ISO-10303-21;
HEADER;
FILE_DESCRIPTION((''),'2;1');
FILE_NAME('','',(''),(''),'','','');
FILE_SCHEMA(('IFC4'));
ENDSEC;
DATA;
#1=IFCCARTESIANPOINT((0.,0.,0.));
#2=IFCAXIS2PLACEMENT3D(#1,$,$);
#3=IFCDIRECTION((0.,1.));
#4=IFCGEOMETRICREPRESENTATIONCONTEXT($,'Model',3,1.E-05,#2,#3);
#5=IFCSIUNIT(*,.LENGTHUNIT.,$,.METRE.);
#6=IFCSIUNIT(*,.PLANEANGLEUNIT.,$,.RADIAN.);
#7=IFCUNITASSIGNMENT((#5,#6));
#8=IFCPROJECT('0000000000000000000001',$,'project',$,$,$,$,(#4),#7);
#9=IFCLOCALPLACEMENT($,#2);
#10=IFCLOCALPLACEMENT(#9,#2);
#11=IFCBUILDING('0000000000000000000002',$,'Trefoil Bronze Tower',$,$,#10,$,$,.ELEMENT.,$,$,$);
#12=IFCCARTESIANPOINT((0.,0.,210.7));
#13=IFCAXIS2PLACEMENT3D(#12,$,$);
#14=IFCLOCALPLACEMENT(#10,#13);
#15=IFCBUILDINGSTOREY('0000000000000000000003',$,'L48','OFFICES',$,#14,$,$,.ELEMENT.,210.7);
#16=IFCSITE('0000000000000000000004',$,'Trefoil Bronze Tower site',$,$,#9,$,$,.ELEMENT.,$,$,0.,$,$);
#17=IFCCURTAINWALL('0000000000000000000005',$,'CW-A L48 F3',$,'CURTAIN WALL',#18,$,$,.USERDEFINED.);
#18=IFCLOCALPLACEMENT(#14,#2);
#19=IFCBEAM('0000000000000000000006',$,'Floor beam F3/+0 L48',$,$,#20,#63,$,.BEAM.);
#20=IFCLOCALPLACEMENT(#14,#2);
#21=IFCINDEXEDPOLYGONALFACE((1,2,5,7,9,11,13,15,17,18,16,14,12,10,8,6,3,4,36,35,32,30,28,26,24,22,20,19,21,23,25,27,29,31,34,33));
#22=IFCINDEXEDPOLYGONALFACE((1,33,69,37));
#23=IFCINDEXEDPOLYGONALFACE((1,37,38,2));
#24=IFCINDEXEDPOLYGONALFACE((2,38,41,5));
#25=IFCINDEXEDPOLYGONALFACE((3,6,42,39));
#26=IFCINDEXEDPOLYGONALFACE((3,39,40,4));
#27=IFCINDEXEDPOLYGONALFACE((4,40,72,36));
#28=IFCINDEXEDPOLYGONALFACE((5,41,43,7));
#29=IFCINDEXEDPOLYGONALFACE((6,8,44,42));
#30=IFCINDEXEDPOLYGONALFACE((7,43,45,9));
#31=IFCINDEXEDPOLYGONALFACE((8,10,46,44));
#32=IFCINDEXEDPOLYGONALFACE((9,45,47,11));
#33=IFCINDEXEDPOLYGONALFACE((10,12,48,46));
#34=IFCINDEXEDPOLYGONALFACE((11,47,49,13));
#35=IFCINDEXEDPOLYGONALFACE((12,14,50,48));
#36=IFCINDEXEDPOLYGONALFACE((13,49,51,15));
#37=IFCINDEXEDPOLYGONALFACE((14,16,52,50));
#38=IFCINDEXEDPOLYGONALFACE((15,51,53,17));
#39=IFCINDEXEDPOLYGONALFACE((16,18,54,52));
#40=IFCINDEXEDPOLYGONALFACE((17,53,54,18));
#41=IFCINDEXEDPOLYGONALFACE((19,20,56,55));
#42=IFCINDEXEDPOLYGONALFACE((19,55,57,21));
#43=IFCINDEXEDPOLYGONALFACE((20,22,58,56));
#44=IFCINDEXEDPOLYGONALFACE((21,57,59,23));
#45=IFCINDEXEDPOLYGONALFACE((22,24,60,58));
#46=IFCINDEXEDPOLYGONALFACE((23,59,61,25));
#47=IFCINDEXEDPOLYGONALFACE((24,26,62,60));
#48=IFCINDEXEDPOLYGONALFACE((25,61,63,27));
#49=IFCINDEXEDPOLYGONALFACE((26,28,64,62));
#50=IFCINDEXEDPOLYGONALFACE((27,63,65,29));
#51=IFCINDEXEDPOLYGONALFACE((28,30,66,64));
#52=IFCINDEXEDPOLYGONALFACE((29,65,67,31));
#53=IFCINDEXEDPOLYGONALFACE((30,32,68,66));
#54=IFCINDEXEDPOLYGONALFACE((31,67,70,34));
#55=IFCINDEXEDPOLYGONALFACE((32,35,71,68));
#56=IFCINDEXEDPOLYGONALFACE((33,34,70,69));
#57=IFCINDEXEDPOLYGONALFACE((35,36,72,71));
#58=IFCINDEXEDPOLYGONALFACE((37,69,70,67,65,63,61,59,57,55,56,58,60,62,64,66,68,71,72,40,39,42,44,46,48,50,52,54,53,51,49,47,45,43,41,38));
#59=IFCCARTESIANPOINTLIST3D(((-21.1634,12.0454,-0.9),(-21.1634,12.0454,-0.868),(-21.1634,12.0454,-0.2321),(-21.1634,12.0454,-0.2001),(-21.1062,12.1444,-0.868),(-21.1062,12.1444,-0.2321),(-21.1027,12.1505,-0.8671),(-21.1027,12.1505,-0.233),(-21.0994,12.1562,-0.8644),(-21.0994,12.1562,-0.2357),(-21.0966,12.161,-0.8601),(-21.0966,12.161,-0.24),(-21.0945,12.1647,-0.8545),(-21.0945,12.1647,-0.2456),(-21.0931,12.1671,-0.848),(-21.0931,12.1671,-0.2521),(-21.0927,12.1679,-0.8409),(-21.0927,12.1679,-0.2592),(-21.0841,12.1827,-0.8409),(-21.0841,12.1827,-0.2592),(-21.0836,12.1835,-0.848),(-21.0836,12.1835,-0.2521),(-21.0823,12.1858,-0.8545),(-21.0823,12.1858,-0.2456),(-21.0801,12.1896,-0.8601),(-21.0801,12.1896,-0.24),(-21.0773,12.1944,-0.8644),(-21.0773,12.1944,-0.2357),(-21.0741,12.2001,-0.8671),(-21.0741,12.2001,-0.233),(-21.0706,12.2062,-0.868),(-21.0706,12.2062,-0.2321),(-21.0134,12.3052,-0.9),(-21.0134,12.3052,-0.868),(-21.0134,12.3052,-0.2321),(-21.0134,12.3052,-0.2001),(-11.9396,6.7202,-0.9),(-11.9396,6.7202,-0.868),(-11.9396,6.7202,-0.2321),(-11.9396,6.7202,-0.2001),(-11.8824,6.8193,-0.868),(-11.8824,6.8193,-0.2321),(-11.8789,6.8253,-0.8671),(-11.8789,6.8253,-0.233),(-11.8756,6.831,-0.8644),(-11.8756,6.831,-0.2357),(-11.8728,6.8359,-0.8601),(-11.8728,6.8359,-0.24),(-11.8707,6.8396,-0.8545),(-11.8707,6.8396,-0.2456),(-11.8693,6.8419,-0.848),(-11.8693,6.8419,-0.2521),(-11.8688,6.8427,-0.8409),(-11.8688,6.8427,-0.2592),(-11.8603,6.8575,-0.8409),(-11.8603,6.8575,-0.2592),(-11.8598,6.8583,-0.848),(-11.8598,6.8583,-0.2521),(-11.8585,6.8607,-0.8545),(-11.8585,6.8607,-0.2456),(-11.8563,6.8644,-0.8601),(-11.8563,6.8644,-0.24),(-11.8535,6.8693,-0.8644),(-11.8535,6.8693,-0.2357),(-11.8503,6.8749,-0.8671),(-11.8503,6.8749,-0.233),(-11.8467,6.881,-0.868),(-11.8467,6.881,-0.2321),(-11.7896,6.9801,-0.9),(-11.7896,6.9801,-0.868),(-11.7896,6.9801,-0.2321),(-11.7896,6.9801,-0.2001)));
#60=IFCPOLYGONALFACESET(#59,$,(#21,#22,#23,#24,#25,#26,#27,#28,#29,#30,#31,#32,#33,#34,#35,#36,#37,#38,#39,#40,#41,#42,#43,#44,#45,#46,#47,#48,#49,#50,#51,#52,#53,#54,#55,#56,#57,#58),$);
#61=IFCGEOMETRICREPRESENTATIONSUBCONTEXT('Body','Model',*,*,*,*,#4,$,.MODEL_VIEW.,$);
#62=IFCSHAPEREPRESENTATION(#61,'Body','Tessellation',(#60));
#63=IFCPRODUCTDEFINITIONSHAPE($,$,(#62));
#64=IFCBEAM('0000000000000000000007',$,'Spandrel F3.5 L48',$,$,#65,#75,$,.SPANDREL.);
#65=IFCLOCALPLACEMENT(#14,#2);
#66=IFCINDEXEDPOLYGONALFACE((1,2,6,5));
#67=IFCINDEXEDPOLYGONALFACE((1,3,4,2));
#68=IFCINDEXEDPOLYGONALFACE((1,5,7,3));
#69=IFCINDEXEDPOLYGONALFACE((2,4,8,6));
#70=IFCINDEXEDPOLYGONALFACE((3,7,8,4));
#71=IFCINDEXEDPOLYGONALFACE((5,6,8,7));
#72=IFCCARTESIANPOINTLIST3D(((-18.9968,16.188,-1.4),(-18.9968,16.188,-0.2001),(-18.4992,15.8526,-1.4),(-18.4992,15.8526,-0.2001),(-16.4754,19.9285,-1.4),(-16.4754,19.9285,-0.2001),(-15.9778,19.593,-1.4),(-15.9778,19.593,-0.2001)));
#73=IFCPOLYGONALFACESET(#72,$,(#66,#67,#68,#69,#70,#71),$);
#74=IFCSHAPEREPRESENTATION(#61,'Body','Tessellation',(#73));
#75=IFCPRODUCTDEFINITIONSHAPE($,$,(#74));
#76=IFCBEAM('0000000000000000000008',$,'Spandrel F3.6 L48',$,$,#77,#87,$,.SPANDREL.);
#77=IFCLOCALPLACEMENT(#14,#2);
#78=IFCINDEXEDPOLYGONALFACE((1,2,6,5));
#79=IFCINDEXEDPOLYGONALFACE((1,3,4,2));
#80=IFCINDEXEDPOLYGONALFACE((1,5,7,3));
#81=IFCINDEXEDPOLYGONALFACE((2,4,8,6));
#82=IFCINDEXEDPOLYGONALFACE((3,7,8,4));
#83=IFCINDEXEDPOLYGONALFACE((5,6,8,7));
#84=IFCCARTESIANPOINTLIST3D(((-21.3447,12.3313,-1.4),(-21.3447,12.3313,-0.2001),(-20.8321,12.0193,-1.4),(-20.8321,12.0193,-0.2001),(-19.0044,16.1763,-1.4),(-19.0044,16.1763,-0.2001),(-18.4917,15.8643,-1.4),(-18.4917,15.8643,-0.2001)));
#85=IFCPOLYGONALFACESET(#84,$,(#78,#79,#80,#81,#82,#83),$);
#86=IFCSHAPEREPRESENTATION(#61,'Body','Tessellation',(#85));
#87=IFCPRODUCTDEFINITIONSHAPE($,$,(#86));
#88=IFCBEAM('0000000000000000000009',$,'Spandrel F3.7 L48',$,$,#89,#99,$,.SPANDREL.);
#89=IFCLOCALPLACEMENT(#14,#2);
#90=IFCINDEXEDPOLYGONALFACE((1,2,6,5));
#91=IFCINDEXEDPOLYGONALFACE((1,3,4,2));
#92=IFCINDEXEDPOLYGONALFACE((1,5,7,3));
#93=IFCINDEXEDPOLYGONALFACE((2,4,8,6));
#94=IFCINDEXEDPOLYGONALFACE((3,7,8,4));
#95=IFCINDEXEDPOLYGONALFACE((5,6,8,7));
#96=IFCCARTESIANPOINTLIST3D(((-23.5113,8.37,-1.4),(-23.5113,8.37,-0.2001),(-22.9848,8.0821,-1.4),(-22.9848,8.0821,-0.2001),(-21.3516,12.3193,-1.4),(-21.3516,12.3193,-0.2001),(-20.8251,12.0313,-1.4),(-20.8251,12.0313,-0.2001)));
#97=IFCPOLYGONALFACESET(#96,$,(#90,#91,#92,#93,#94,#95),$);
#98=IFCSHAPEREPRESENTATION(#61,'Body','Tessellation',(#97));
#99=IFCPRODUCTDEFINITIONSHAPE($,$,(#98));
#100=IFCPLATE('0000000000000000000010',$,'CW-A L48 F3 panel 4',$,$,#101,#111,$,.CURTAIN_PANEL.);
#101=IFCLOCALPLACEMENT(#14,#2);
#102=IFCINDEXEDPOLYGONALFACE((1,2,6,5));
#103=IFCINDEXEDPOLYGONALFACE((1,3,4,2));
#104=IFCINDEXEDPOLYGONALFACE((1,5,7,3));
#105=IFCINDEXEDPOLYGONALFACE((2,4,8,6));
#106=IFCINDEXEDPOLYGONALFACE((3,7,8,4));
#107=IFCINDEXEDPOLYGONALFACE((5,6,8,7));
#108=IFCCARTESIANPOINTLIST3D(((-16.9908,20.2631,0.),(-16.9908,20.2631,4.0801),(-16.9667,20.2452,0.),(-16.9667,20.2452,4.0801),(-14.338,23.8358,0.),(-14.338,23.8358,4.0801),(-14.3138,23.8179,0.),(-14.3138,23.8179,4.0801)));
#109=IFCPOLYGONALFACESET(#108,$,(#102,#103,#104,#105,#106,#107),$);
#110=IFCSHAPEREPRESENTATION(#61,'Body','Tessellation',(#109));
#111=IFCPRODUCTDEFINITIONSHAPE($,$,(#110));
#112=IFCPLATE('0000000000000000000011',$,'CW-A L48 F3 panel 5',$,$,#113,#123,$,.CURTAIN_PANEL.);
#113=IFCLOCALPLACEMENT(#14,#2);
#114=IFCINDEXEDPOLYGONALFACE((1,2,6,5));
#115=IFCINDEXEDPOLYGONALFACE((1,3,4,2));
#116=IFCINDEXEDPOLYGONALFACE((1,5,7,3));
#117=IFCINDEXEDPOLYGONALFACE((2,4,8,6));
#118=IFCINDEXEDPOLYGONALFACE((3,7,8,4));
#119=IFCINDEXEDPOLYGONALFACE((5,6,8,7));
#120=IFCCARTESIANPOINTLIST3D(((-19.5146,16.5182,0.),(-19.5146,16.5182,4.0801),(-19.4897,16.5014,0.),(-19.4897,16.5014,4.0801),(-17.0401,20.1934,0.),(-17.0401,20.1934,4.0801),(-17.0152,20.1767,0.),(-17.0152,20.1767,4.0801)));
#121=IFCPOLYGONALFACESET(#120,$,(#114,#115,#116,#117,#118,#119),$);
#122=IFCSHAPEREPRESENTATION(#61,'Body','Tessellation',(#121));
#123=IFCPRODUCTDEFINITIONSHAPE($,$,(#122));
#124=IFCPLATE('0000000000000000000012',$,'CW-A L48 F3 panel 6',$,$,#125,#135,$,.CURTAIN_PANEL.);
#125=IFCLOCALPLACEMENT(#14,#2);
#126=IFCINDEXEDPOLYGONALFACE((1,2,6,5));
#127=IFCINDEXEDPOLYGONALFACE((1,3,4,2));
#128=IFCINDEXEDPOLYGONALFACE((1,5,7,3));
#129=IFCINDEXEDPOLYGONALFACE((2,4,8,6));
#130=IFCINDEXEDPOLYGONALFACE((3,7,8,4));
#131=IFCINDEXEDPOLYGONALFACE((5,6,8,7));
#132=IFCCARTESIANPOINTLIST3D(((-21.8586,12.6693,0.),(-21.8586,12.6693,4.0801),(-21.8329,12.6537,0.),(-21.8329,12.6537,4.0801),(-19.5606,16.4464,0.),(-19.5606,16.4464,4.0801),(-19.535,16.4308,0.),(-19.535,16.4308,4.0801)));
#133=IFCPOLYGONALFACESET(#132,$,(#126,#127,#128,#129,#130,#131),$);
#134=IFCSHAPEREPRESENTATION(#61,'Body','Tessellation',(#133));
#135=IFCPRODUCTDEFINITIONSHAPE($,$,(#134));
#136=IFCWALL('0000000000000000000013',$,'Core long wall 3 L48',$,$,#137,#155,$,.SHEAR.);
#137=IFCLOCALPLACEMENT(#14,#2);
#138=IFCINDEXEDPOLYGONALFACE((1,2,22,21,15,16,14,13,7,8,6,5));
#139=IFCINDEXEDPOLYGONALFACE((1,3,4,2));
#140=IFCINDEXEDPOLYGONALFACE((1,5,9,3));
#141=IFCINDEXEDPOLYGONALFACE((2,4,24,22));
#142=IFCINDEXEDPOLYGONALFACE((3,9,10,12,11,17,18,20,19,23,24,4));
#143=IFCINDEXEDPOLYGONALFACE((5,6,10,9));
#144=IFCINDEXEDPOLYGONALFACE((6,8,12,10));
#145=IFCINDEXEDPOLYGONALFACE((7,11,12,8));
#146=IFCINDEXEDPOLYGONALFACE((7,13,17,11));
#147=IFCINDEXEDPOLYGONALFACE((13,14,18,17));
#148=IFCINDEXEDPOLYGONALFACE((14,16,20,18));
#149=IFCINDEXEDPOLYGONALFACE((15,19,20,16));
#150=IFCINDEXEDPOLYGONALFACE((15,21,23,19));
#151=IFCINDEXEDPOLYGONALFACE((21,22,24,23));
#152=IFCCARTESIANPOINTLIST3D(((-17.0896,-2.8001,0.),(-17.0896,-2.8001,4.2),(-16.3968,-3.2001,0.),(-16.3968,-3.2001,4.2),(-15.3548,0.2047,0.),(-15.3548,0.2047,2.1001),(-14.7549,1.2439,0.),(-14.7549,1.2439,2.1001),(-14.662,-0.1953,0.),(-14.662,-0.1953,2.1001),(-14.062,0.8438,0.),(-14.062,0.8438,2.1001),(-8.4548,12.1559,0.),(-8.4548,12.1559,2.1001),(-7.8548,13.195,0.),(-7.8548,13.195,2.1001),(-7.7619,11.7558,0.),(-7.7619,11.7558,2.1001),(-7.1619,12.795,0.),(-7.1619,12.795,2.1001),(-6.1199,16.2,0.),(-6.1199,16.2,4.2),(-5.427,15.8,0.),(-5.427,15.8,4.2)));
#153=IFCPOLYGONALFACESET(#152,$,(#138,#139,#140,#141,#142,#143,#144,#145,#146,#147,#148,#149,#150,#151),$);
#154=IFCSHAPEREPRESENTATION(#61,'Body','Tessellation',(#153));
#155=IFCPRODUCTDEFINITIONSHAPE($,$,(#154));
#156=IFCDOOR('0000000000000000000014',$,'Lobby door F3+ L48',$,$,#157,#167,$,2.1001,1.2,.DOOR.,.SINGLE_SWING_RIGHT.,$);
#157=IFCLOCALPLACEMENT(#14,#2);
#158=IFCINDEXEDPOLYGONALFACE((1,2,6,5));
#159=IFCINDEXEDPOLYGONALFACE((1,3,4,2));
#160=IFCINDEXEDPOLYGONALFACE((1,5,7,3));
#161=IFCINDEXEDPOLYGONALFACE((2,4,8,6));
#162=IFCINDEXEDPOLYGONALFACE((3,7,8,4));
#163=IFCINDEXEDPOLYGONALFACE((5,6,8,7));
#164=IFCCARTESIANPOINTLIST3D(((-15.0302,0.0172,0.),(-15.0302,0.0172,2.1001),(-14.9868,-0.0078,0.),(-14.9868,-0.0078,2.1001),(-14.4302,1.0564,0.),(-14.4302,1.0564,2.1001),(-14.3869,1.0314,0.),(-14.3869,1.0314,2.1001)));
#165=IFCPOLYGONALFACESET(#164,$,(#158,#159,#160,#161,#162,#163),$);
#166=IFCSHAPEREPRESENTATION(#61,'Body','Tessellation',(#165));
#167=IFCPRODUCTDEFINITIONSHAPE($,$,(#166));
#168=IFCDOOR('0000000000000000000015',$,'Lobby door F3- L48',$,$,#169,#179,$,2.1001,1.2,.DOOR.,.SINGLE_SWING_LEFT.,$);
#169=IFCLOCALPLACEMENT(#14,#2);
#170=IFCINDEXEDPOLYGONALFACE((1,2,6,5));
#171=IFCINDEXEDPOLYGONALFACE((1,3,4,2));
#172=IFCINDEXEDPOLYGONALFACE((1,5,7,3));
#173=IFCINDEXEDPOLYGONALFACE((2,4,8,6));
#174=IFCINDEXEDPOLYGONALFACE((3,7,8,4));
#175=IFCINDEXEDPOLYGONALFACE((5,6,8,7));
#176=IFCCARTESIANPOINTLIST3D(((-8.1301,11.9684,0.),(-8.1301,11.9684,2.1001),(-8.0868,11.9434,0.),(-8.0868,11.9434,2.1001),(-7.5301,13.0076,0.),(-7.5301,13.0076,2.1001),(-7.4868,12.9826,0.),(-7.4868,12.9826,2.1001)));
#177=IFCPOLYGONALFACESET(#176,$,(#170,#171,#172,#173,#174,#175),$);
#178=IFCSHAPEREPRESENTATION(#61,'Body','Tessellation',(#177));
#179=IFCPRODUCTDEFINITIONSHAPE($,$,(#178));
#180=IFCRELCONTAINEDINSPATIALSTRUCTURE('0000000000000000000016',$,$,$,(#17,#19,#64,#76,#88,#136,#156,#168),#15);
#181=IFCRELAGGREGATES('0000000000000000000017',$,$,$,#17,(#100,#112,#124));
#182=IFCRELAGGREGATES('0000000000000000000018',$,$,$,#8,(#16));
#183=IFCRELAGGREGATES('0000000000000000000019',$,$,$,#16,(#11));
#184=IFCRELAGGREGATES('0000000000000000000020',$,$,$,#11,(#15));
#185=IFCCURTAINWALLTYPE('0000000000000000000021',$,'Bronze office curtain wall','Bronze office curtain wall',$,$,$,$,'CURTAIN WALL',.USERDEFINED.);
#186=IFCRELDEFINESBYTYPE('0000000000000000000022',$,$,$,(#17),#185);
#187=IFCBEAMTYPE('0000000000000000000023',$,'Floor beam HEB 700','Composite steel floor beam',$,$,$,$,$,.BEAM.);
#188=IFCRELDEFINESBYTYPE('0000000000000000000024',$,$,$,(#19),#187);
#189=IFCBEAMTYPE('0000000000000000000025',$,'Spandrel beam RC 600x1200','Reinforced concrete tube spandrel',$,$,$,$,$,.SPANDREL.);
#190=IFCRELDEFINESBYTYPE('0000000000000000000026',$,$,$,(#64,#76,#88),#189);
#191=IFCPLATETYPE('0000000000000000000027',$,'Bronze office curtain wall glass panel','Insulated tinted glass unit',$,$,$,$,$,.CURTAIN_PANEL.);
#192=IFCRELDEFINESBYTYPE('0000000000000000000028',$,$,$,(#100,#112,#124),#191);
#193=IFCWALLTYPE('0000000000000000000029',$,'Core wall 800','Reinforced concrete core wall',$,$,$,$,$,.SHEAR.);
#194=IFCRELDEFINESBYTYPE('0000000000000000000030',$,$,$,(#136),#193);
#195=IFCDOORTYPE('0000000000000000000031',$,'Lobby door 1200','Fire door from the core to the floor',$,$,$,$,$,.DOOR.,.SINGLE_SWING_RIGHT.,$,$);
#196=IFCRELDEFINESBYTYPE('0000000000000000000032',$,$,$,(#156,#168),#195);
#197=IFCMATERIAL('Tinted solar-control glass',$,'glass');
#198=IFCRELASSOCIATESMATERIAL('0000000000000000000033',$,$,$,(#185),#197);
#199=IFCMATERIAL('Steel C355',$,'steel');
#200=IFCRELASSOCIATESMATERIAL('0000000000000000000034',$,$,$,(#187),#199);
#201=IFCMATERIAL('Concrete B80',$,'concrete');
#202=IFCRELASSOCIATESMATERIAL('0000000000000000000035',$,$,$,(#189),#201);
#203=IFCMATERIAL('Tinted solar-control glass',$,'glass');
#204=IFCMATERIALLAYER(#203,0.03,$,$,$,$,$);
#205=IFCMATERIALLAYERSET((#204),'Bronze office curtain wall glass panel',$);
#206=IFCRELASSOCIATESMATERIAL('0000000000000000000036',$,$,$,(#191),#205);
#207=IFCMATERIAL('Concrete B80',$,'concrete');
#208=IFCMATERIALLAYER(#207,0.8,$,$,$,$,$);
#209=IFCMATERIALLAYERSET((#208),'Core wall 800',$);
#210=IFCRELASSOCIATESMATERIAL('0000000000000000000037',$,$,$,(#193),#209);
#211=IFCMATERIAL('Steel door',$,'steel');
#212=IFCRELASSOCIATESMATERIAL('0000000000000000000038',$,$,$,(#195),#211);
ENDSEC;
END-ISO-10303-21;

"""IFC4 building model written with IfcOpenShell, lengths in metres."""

from ifc_helpers import new_model, si_unit, direction, frame, frame_2d, origin, origin_2d, place, context, subcontext, project, spatial, rectangle, i_section, extrude, material, layer, layer_set, material_profile, profile_set, type_object, element, fill, aggregate, save


model = new_model("IFC4")

# Units and contexts
model_context = context("Model", 3, precision=1e-05, world=origin(), true_north=direction((0.0, 1.0)))
body_context = subcontext(model_context, "Body", "Model", "MODEL_VIEW")
ifc_project = project(units=[si_unit("LENGTHUNIT", "METRE"), si_unit("PLANEANGLEUNIT", "RADIAN")], contexts=[model_context])

# Site, building, storey
site_placement = place(None, origin())
site = spatial("IfcSite", under=ifc_project, at=site_placement, Name="Trefoil Bronze Tower site", CompositionType="ELEMENT", RefElevation=0.0)
building_placement = place(site_placement, origin())
building = spatial("IfcBuilding", under=site, at=building_placement, Name="Trefoil Bronze Tower", CompositionType="ELEMENT")
storey_placement = place(building_placement, frame((0.0, 0.0, 210.7)))
storey = spatial("IfcBuildingStorey", under=building, at=storey_placement, Name="L48", Description="OFFICES", CompositionType="ELEMENT", Elevation=210.7)

# Curtain wall
ifc_material_1 = material(Name="Tinted solar-control glass", Category="glass")
curtain_wall_type = type_object("IfcCurtainWallType", Name="Bronze office curtain wall", Description="Bronze office curtain wall", ElementType="CURTAIN WALL", PredefinedType="USERDEFINED", material=ifc_material_1)
curtain_wall_placement = place(storey_placement, origin())
curtain_wall = element("IfcCurtainWall", 1, at=curtain_wall_placement, inside=storey, type_object=curtain_wall_type, Name="CW-A L48 F3", ObjectType="CURTAIN WALL", PredefinedType="USERDEFINED")

# Beams
ifc_material_2 = material(Name="Steel C355", Category="steel")
ifc_material_profile_1 = material_profile(ifc_material_2, i_section(OverallWidth=0.3, OverallDepth=0.7, WebThickness=0.0171, FlangeThickness=0.032, FilletRadius=0.0271, at=origin_2d()), Name="HEB 700")
ifc_profile_set_1 = profile_set([ifc_material_profile_1], Name="Steel C355")
beam_type_1 = type_object("IfcBeamType", Name="Floor beam HEB 700", Description="Composite steel floor beam", PredefinedType="BEAM", material=ifc_profile_set_1)
beam_1_placement = place(storey_placement, frame((-21.0884, 12.1753, -0.55), z_axis=(0.866034, -0.499985, 0.0), x_axis=(0.499985, 0.866034, 0.0)))
element("IfcBeam", 2, at=beam_1_placement, inside=storey, type_object=beam_type_1, Name="Floor beam F3/+0 L48", PredefinedType="BEAM", context=body_context, shape_type="SweptSolid", body=[
    extrude(i_section(OverallWidth=0.3, OverallDepth=0.7, WebThickness=0.0171, FlangeThickness=0.032, FilletRadius=0.0271, at=origin_2d()), origin(), (0.0, 0.0, 1.0), 10.6506),
])
ifc_material_3 = material(Name="Concrete B80", Category="concrete")
ifc_material_profile_2 = material_profile(ifc_material_3, rectangle(XDim=0.6001, YDim=1.2, at=origin_2d()), Name="RC 600x1200")
ifc_profile_set_2 = profile_set([ifc_material_profile_2], Name="Concrete B80")
beam_type_2 = type_object("IfcBeamType", Name="Spandrel beam RC 600x1200", Description="Reinforced concrete tube spandrel", PredefinedType="SPANDREL", material=ifc_profile_set_2)
beam_2_placement = place(storey_placement, frame((-16.2266, 19.7607, -0.8), z_axis=(-0.558964, -0.829192, 0.0), x_axis=(0.829192, -0.558964, 0.0)))
element("IfcBeam", 3, at=beam_2_placement, inside=storey, type_object=beam_type_2, Name="Spandrel F3.5 L48", PredefinedType="SPANDREL", context=body_context, shape_type="SweptSolid", body=[
    extrude(rectangle(XDim=0.6001, YDim=1.2, at=origin_2d()), origin(), (0.0, 0.0, 1.0), 4.511),
])
for number, where, z_axis, x_axis, name in (
    (4, (-18.748, 16.0203, -0.8), (-0.519933, -0.854207, 0.0), (0.854207, -0.519933, 0.0), "Spandrel F3.6 L48"),
    (5, (-21.0884, 12.1753, -0.8), (-0.479802, -0.877377, 0.0), (0.877377, -0.479802, 0.0), "Spandrel F3.7 L48"),
):
    element("IfcBeam", number, at=place(storey_placement, frame(where, z_axis=z_axis, x_axis=x_axis)), inside=storey, type_object=beam_type_2, Name=name, PredefinedType="SPANDREL", context=body_context, shape_type="SweptSolid", body=[
        extrude(rectangle(XDim=0.6001, YDim=1.2, at=origin_2d()), origin(), (0.0, 0.0, 1.0), 4.5012),
    ])

# Plates
ifc_material_4 = material(Name="Tinted solar-control glass", Category="glass")
ifc_layer_1 = layer(ifc_material_4, 0.03)
ifc_layer_set_1 = layer_set([ifc_layer_1], Name="Bronze office curtain wall glass panel")
plate_type = type_object("IfcPlateType", Name="Bronze office curtain wall glass panel", Description="Insulated tinted glass unit", PredefinedType="CURTAIN_PANEL", material=ifc_layer_set_1)
plate_1_placement = place(storey_placement, frame((-15.6523, 22.0405, 0.0), z_axis=(0.0, 0.0, 1.0), x_axis=(-0.596162, -0.802865, 0.0)))
plate_1 = element("IfcPlate", 6, at=plate_1_placement, type_object=plate_type, Name="CW-A L48 F3 panel 4", PredefinedType="CURTAIN_PANEL", context=body_context, shape_type="SweptSolid", body=[
    extrude(rectangle(XDim=4.45, YDim=0.03, at=origin_2d()), origin(), (0.0, 0.0, 1.0), 4.0801),
])
plate_2_placement = place(storey_placement, frame((-18.2649, 18.3474, 0.0), z_axis=(0.0, 0.0, 1.0), x_axis=(-0.558493, -0.829509, 0.0)))
plate_2 = element("IfcPlate", 7, at=plate_2_placement, type_object=plate_type, Name="CW-A L48 F3 panel 5", PredefinedType="CURTAIN_PANEL", context=body_context, shape_type="SweptSolid", body=[
    extrude(rectangle(XDim=4.4307, YDim=0.03, at=origin_2d()), origin(), (0.0, 0.0, 1.0), 4.0801),
])
plate_3_placement = place(storey_placement, frame((-20.6968, 14.55, 0.0), z_axis=(0.0, 0.0, 1.0), x_axis=(-0.519762, -0.854311, 0.0)))
plate_3 = element("IfcPlate", 8, at=plate_3_placement, type_object=plate_type, Name="CW-A L48 F3 panel 6", PredefinedType="CURTAIN_PANEL", context=body_context, shape_type="SweptSolid", body=[
    extrude(rectangle(XDim=4.4211, YDim=0.03, at=origin_2d()), origin(), (0.0, 0.0, 1.0), 4.0801),
])
aggregate(curtain_wall, [plate_1, plate_2, plate_3])

# Wall, openings, doors
ifc_material_5 = material(Name="Concrete B80", Category="concrete")
ifc_layer_2 = layer(ifc_material_5, 0.8)
ifc_layer_set_2 = layer_set([ifc_layer_2], Name="Core wall 800")
wall_type_1 = type_object("IfcWallType", Name="Core wall 800", Description="Reinforced concrete core wall", PredefinedType="SHEAR", material=ifc_layer_set_2)
wall_1_placement = place(storey_placement, frame((-5.7734, 16.0, 0.0), z_axis=(0.0, 0.0, 1.0), x_axis=(-0.500002, -0.866024, 0.0)))
wall_1 = element("IfcWall", 9, at=wall_1_placement, inside=storey, type_object=wall_type_1, Name="Core long wall 3 L48", PredefinedType="SHEAR", context=body_context, shape_type="SweptSolid", body=[
    extrude(rectangle(XDim=21.9395, YDim=0.8, at=frame_2d((10.9697, 0.0))), origin(), (0.0, 0.0, 1.0), 4.2),
])
opening_1_placement = place(wall_1_placement, frame((17.2698, 0.0, 0.0)))
opening_1 = element("IfcOpeningElement", 10, at=opening_1_placement, cuts=wall_1, PredefinedType="OPENING", context=body_context, shape_type="SweptSolid", body=[
    extrude(rectangle(XDim=1.2, YDim=2.1001, at=frame_2d((0.6001, 1.05))), frame((0.0, 0.4099, 0.0), z_axis=(0.0, -1.0, 0.0), x_axis=(1.0, 0.0, 0.0)), (0.0, 0.0, 1.0), 0.8201),
])
opening_2_placement = place(wall_1_placement, frame((3.4697, 0.0, 0.0)))
opening_2 = element("IfcOpeningElement", 11, at=opening_2_placement, cuts=wall_1, PredefinedType="OPENING", context=body_context, shape_type="SweptSolid", body=[
    extrude(rectangle(XDim=1.2, YDim=2.1001, at=frame_2d((0.6001, 1.05))), frame((0.0, 0.4099, 0.0), z_axis=(0.0, -1.0, 0.0), x_axis=(1.0, 0.0, 0.0)), (0.0, 0.0, 1.0), 0.8201),
])
ifc_material_6 = material(Name="Steel door", Category="steel")
door_type_1 = type_object("IfcDoorType", Name="Lobby door 1200", Description="Fire door from the core to the floor", OperationType="SINGLE_SWING_RIGHT", PredefinedType="DOOR", material=ifc_material_6)
door_1_placement = place(opening_1_placement, origin())
door_1 = element("IfcDoor", 12, at=door_1_placement, inside=storey, type_object=door_type_1, Name="Lobby door F3+ L48", OperationType="SINGLE_SWING_RIGHT", OverallHeight=2.1001, OverallWidth=1.2, PredefinedType="DOOR", context=body_context, shape_type="SweptSolid", body=[
    extrude(rectangle(XDim=1.2, YDim=2.1001, at=frame_2d((0.6001, 1.05))), frame((0.0, 0.0249, 0.0), z_axis=(0.0, -1.0, 0.0), x_axis=(1.0, 0.0, 0.0)), (0.0, 0.0, 1.0), 0.05),
])
fill(opening_1, door_1)
door_2_placement = place(opening_2_placement, origin())
door_2 = element("IfcDoor", 13, at=door_2_placement, inside=storey, type_object=door_type_1, Name="Lobby door F3- L48", OperationType="SINGLE_SWING_LEFT", OverallHeight=2.1001, OverallWidth=1.2, PredefinedType="DOOR", context=body_context, shape_type="SweptSolid", body=[
    extrude(rectangle(XDim=1.2, YDim=2.1001, at=frame_2d((0.6001, 1.05))), frame((0.0, 0.0249, 0.0), z_axis=(0.0, -1.0, 0.0), x_axis=(1.0, 0.0, 0.0)), (0.0, 0.0, 1.0), 0.05),
])
fill(opening_2, door_2)

save(model, "model.ifc")
